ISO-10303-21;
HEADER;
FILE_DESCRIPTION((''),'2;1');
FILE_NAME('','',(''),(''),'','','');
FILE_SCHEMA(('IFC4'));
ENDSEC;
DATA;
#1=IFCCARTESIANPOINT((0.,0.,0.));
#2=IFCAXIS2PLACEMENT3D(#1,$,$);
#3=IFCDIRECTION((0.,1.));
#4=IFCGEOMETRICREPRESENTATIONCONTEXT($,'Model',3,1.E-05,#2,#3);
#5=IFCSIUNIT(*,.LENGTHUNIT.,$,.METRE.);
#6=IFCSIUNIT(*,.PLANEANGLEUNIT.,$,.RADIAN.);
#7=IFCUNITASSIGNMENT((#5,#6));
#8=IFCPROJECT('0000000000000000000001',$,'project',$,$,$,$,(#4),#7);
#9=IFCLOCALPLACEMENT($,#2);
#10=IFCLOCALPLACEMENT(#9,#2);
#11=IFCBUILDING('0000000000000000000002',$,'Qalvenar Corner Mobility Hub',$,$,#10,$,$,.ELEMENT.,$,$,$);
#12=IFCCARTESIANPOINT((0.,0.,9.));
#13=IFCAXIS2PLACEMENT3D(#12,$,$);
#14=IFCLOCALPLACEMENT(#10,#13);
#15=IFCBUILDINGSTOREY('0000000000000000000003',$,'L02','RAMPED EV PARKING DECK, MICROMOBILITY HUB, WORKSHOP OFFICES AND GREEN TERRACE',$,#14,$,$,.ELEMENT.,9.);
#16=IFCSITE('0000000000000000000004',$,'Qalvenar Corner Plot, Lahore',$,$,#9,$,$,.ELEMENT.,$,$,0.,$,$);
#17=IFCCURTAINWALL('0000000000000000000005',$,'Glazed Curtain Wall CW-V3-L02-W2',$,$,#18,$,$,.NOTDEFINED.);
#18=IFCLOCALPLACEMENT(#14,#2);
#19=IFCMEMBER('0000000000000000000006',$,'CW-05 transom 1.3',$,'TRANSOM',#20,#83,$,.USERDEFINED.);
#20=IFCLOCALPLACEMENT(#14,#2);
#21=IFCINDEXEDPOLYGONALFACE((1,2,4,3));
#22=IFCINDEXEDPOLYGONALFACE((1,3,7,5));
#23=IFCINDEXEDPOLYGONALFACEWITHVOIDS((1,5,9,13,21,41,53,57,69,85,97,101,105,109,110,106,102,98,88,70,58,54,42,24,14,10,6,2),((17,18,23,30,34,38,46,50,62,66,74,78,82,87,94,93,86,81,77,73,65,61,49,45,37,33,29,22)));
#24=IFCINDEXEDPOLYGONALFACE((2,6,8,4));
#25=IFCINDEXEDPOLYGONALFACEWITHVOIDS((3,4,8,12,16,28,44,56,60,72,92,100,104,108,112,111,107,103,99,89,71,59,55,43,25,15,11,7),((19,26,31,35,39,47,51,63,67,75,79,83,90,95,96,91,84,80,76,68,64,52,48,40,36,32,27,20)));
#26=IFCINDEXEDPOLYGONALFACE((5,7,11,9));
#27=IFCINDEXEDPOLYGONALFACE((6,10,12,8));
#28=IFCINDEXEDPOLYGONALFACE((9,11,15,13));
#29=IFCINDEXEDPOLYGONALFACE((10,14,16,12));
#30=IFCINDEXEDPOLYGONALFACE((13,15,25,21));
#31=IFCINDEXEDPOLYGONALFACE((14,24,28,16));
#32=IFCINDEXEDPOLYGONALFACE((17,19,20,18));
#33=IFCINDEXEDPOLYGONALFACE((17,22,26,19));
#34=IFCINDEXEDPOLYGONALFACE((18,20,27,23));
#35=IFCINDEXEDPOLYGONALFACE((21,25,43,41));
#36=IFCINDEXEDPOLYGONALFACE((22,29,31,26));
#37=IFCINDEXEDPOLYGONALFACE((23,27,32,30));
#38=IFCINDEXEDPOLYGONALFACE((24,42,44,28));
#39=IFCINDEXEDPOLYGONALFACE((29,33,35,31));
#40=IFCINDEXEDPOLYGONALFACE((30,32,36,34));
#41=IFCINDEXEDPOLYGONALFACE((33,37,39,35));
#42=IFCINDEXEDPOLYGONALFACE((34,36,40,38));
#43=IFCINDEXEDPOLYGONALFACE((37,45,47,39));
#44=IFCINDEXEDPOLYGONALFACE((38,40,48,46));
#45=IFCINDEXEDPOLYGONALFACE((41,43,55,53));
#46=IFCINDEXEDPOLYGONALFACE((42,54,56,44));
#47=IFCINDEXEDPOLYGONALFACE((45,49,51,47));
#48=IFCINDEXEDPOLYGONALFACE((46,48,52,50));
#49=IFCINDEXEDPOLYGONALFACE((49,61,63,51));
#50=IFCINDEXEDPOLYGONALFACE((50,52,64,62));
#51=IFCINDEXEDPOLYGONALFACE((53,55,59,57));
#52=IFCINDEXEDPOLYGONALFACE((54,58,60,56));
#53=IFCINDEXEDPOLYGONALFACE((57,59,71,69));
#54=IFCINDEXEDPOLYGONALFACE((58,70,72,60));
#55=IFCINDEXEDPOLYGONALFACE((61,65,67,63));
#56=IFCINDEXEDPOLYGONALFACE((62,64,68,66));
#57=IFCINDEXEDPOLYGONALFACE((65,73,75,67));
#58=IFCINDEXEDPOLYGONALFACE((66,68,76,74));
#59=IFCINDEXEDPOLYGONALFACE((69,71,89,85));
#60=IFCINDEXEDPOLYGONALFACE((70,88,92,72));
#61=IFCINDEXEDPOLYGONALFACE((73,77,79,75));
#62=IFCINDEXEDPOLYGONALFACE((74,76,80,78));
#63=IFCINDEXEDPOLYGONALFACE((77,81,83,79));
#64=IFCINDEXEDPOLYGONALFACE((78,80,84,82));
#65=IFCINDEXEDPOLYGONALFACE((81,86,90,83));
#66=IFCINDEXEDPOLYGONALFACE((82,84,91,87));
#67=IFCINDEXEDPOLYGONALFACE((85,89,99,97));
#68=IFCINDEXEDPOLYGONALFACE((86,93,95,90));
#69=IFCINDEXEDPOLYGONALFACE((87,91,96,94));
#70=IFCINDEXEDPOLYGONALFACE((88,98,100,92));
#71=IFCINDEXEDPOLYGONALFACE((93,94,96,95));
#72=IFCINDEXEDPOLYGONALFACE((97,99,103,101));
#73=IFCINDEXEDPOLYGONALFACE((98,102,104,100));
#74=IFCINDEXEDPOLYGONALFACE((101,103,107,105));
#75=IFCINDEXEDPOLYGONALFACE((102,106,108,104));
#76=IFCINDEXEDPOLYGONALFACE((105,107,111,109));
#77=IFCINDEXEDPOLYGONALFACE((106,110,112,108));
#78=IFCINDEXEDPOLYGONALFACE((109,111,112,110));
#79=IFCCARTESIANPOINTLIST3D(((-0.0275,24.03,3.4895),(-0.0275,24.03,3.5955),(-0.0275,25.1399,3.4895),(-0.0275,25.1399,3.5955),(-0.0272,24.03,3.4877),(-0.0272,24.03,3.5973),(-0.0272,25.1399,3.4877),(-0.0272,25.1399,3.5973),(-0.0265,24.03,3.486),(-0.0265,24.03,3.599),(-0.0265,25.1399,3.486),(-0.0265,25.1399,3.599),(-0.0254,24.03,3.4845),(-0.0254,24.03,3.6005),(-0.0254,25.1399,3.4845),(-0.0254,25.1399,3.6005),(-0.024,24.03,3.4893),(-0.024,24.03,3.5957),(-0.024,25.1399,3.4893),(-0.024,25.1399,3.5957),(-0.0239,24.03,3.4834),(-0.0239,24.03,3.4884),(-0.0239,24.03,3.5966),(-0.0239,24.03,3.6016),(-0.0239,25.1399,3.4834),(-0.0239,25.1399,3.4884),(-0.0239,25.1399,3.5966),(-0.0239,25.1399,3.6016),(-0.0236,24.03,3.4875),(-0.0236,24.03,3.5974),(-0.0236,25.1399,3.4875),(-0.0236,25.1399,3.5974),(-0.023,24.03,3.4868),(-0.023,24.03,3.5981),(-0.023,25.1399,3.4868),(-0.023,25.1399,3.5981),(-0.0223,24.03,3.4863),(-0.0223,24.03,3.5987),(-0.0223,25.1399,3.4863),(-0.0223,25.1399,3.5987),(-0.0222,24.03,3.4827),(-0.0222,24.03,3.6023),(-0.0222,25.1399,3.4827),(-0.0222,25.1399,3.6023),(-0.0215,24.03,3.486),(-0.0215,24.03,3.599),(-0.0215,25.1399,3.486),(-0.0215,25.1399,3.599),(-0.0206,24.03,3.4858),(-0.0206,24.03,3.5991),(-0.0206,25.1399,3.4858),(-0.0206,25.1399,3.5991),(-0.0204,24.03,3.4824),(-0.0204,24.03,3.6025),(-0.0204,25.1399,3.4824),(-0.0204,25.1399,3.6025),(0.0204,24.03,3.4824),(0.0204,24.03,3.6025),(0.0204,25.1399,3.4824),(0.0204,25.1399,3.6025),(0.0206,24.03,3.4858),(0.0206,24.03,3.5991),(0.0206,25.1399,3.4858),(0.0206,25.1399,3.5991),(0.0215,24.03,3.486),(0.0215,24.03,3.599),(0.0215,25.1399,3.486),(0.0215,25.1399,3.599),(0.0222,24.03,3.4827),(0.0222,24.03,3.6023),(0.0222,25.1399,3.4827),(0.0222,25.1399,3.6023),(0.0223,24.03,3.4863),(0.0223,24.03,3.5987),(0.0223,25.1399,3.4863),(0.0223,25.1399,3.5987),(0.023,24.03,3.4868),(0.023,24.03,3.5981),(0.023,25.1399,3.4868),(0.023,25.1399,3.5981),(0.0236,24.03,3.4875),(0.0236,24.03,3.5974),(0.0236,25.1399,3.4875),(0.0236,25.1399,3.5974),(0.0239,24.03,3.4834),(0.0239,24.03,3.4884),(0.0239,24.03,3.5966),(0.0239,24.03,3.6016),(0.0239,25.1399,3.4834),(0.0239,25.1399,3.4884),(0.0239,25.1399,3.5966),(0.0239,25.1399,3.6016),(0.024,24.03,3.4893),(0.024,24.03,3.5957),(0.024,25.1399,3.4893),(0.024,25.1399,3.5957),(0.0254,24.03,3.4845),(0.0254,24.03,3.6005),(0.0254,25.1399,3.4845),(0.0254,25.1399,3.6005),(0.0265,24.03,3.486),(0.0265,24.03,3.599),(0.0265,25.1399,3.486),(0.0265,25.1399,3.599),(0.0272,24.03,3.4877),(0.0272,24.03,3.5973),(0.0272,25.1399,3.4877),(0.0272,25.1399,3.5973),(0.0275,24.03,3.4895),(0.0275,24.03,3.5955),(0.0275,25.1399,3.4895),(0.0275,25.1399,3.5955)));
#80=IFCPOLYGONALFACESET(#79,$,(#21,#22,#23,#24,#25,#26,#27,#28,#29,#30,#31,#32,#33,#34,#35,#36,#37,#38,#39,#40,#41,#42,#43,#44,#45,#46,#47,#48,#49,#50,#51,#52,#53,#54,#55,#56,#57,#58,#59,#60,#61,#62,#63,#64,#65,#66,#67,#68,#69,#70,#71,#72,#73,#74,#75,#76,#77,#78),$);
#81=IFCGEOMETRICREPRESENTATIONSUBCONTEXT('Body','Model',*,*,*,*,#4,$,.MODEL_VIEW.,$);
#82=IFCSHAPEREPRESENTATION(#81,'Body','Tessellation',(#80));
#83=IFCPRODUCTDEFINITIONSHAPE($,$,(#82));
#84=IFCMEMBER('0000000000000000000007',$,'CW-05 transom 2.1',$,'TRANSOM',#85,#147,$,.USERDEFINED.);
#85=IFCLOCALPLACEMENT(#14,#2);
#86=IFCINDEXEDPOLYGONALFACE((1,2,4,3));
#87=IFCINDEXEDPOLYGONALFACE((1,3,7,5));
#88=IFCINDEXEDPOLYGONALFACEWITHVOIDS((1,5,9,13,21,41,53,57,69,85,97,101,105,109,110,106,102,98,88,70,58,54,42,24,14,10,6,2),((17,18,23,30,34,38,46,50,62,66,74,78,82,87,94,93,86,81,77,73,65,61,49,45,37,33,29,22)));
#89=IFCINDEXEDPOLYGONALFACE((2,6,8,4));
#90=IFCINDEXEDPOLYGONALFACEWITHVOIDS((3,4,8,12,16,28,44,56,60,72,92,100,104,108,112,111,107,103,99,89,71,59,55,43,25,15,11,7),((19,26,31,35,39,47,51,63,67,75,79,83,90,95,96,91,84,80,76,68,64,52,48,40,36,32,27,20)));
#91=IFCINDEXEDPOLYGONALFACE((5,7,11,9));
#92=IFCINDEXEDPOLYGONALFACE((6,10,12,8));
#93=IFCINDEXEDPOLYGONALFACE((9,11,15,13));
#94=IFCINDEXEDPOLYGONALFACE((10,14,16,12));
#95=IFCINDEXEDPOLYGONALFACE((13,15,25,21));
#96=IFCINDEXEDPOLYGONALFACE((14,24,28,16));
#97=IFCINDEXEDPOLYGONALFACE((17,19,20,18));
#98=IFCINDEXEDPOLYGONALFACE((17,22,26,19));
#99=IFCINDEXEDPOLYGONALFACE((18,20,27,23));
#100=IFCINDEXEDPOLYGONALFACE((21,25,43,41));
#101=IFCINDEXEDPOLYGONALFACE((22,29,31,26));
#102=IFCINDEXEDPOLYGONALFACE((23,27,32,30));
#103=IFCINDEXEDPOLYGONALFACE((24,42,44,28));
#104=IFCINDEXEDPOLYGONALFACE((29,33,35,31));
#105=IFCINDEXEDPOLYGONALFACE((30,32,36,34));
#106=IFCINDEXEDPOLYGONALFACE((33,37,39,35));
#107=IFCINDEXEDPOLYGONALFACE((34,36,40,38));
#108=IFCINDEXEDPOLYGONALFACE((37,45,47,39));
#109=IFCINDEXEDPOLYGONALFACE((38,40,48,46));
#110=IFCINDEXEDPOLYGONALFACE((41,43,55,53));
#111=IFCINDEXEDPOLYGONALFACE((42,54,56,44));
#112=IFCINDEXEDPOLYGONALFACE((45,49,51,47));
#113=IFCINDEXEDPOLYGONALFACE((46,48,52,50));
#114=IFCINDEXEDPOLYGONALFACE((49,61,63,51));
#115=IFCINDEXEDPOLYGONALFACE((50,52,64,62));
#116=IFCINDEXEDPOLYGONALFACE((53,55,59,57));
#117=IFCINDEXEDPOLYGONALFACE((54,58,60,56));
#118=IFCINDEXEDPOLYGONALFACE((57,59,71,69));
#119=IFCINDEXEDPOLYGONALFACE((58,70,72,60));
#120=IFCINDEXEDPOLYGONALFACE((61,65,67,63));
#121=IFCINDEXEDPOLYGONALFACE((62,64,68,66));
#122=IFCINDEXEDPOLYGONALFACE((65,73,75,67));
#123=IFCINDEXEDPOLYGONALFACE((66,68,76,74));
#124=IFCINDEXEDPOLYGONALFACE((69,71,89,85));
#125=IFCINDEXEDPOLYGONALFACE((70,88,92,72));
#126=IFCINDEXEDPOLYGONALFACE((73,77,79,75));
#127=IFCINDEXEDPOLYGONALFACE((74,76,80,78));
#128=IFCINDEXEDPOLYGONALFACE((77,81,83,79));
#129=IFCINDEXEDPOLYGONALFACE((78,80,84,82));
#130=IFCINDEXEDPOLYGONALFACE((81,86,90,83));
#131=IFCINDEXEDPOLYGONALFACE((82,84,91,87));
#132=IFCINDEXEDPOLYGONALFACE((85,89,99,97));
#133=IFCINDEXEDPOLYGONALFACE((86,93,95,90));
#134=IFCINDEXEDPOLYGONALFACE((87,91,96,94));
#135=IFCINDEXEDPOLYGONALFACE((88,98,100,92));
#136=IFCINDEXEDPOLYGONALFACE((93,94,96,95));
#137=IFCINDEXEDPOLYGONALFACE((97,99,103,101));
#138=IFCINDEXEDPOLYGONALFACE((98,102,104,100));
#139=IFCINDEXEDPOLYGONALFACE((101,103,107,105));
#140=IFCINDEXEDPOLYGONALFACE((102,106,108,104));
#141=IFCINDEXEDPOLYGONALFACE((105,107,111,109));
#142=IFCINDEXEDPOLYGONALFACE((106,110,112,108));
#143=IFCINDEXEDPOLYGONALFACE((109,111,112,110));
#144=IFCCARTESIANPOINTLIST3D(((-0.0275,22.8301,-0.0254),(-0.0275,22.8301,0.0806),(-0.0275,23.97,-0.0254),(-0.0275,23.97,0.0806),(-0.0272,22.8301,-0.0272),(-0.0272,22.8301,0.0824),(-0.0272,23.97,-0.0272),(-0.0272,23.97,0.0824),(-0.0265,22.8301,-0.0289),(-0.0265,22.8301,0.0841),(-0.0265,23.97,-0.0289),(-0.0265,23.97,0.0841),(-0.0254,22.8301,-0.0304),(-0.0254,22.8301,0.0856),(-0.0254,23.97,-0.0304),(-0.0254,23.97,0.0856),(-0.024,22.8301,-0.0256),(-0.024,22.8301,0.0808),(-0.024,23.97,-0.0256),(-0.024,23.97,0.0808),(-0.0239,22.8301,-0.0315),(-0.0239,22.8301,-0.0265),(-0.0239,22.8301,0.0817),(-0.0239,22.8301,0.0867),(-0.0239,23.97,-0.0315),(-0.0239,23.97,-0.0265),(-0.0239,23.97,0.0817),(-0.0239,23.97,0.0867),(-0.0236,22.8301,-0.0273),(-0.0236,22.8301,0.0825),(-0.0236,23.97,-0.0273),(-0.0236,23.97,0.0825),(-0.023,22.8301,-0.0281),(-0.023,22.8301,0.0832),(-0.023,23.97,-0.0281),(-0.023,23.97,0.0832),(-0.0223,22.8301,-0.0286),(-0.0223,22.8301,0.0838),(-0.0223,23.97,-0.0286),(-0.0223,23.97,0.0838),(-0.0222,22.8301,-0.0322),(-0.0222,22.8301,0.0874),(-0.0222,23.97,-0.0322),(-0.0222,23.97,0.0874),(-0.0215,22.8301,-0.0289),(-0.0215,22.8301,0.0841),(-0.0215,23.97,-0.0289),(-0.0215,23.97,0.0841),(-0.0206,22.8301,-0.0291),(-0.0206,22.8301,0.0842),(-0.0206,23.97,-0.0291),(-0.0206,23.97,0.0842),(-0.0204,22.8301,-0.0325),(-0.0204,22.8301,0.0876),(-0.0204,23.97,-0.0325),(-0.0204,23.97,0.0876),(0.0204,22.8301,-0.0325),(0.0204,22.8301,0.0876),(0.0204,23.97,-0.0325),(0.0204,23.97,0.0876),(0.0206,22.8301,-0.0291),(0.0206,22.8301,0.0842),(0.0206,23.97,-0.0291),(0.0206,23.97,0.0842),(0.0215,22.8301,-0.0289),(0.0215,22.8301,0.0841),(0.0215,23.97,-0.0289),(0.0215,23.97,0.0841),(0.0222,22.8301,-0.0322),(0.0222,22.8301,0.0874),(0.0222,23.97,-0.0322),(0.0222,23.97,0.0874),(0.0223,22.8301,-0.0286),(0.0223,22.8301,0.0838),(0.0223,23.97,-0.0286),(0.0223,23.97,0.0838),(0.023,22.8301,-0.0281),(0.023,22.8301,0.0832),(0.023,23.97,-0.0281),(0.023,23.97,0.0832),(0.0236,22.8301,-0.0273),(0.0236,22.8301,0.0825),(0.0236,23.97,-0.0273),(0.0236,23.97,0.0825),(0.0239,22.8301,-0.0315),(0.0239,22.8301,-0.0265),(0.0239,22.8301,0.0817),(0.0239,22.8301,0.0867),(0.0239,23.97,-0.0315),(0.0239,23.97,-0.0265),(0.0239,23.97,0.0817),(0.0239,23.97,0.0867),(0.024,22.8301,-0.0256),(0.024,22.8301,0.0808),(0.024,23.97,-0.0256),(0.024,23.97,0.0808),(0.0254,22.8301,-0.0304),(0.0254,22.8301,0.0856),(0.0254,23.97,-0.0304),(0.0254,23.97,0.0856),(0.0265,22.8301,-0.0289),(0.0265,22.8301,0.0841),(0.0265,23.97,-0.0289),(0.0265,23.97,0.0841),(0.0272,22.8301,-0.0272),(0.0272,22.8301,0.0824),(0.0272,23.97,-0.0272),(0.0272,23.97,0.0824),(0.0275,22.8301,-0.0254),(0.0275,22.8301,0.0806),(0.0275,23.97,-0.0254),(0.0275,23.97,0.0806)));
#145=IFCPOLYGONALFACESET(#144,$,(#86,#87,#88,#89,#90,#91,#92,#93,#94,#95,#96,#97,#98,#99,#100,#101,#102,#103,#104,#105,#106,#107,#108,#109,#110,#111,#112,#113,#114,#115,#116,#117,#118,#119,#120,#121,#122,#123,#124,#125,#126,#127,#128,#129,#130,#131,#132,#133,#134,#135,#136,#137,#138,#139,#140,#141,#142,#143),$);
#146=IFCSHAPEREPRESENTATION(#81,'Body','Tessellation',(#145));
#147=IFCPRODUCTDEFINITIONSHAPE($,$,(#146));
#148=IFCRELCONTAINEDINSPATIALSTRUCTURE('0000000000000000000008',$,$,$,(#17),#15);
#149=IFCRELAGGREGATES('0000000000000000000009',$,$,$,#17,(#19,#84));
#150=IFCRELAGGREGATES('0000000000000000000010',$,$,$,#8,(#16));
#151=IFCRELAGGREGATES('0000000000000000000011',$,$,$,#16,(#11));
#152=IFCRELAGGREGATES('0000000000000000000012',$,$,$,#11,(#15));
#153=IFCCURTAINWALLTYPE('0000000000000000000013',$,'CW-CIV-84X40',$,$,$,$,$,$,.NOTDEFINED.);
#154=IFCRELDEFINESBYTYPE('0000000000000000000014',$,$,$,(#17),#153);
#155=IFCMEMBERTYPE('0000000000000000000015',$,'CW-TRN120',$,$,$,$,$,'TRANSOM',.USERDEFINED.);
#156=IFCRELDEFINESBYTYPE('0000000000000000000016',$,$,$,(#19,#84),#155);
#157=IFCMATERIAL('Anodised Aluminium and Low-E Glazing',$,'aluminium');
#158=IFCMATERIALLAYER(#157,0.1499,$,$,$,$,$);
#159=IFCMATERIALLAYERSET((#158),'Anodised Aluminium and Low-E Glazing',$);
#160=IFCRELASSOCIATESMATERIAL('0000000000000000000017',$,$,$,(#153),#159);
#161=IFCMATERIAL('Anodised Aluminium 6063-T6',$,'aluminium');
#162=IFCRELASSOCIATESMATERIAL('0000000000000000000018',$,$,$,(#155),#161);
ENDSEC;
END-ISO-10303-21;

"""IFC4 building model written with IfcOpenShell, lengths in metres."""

from ifc_helpers import new_model, si_unit, direction, frame, origin, origin_2d, place, context, subcontext, project, spatial, hollow_rectangle, extrude, material, layer, layer_set, material_profile, profile_set, type_object, element, aggregate, save


model = new_model("IFC4")

# Units and contexts
model_context = context("Model", 3, precision=1e-05, world=origin(), true_north=direction((0.0, 1.0)))
body_context = subcontext(model_context, "Body", "Model", "MODEL_VIEW")
ifc_project = project(units=[si_unit("LENGTHUNIT", "METRE"), si_unit("PLANEANGLEUNIT", "RADIAN")], contexts=[model_context])

# Site, building, storey
site_placement = place(None, origin())
site = spatial("IfcSite", under=ifc_project, at=site_placement, Name="Qalvenar Corner Plot, Lahore", CompositionType="ELEMENT", RefElevation=0.0)
building_placement = place(site_placement, origin())
building = spatial("IfcBuilding", under=site, at=building_placement, Name="Qalvenar Corner Mobility Hub", CompositionType="ELEMENT")
storey_placement = place(building_placement, frame((0.0, 0.0, 9.0)))
storey = spatial("IfcBuildingStorey", under=building, at=storey_placement, Name="L02", Description="RAMPED EV PARKING DECK, MICROMOBILITY HUB, WORKSHOP OFFICES AND GREEN TERRACE", CompositionType="ELEMENT", Elevation=9.0)

# Curtain wall, members
ifc_material_1 = material(Name="Anodised Aluminium and Low-E Glazing", Category="aluminium")
ifc_layer_1 = layer(ifc_material_1, 0.1499)
ifc_layer_set_1 = layer_set([ifc_layer_1], Name="Anodised Aluminium and Low-E Glazing")
curtain_wall_type = type_object("IfcCurtainWallType", Name="CW-CIV-84X40", PredefinedType="NOTDEFINED", material=ifc_layer_set_1)
curtain_wall_placement = place(storey_placement, origin())
curtain_wall = element("IfcCurtainWall", 1, at=curtain_wall_placement, inside=storey, type_object=curtain_wall_type, Name="Glazed Curtain Wall CW-V3-L02-W2", PredefinedType="NOTDEFINED")
ifc_material_2 = material(Name="Anodised Aluminium 6063-T6", Category="aluminium")
ifc_material_profile_1 = material_profile(ifc_material_2, hollow_rectangle(XDim=0.0549, YDim=0.1201, WallThickness=0.0034, InnerFilletRadius=0.0034, OuterFilletRadius=0.0071, at=origin_2d()), Name="RHS120x55x3.5")
ifc_profile_set_1 = profile_set([ifc_material_profile_1], Name="Anodised Aluminium 6063-T6")
member_type_1 = type_object("IfcMemberType", Name="CW-TRN120", ElementType="TRANSOM", PredefinedType="USERDEFINED", material=ifc_profile_set_1)
member_1_placement = place(storey_placement, frame((0.0, 25.1399, 3.5425), z_axis=(0.0, -1.0, 0.0), x_axis=(1.0, 0.0, 0.0)))
member_1 = element("IfcMember", 2, at=member_1_placement, type_object=member_type_1, Name="CW-05 transom 1.3", ObjectType="TRANSOM", PredefinedType="USERDEFINED", context=body_context, shape_type="SweptSolid", body=[
    extrude(hollow_rectangle(XDim=0.0549, YDim=0.1201, WallThickness=0.0034, InnerFilletRadius=0.0034, OuterFilletRadius=0.0071, at=origin_2d()), origin(), (0.0, 0.0, 1.0), 1.1099),
])
member_2_placement = place(storey_placement, frame((0.0, 23.97, 0.0276), z_axis=(0.0, -1.0, 0.0), x_axis=(1.0, 0.0, 0.0)))
member_2 = element("IfcMember", 3, at=member_2_placement, type_object=member_type_1, Name="CW-05 transom 2.1", ObjectType="TRANSOM", PredefinedType="USERDEFINED", context=body_context, shape_type="SweptSolid", body=[
    extrude(hollow_rectangle(XDim=0.0549, YDim=0.1201, WallThickness=0.0034, InnerFilletRadius=0.0034, OuterFilletRadius=0.0071, at=origin_2d()), origin(), (0.0, 0.0, 1.0), 1.1399),
])
aggregate(curtain_wall, [member_1, member_2])

save(model, "model.ifc")
